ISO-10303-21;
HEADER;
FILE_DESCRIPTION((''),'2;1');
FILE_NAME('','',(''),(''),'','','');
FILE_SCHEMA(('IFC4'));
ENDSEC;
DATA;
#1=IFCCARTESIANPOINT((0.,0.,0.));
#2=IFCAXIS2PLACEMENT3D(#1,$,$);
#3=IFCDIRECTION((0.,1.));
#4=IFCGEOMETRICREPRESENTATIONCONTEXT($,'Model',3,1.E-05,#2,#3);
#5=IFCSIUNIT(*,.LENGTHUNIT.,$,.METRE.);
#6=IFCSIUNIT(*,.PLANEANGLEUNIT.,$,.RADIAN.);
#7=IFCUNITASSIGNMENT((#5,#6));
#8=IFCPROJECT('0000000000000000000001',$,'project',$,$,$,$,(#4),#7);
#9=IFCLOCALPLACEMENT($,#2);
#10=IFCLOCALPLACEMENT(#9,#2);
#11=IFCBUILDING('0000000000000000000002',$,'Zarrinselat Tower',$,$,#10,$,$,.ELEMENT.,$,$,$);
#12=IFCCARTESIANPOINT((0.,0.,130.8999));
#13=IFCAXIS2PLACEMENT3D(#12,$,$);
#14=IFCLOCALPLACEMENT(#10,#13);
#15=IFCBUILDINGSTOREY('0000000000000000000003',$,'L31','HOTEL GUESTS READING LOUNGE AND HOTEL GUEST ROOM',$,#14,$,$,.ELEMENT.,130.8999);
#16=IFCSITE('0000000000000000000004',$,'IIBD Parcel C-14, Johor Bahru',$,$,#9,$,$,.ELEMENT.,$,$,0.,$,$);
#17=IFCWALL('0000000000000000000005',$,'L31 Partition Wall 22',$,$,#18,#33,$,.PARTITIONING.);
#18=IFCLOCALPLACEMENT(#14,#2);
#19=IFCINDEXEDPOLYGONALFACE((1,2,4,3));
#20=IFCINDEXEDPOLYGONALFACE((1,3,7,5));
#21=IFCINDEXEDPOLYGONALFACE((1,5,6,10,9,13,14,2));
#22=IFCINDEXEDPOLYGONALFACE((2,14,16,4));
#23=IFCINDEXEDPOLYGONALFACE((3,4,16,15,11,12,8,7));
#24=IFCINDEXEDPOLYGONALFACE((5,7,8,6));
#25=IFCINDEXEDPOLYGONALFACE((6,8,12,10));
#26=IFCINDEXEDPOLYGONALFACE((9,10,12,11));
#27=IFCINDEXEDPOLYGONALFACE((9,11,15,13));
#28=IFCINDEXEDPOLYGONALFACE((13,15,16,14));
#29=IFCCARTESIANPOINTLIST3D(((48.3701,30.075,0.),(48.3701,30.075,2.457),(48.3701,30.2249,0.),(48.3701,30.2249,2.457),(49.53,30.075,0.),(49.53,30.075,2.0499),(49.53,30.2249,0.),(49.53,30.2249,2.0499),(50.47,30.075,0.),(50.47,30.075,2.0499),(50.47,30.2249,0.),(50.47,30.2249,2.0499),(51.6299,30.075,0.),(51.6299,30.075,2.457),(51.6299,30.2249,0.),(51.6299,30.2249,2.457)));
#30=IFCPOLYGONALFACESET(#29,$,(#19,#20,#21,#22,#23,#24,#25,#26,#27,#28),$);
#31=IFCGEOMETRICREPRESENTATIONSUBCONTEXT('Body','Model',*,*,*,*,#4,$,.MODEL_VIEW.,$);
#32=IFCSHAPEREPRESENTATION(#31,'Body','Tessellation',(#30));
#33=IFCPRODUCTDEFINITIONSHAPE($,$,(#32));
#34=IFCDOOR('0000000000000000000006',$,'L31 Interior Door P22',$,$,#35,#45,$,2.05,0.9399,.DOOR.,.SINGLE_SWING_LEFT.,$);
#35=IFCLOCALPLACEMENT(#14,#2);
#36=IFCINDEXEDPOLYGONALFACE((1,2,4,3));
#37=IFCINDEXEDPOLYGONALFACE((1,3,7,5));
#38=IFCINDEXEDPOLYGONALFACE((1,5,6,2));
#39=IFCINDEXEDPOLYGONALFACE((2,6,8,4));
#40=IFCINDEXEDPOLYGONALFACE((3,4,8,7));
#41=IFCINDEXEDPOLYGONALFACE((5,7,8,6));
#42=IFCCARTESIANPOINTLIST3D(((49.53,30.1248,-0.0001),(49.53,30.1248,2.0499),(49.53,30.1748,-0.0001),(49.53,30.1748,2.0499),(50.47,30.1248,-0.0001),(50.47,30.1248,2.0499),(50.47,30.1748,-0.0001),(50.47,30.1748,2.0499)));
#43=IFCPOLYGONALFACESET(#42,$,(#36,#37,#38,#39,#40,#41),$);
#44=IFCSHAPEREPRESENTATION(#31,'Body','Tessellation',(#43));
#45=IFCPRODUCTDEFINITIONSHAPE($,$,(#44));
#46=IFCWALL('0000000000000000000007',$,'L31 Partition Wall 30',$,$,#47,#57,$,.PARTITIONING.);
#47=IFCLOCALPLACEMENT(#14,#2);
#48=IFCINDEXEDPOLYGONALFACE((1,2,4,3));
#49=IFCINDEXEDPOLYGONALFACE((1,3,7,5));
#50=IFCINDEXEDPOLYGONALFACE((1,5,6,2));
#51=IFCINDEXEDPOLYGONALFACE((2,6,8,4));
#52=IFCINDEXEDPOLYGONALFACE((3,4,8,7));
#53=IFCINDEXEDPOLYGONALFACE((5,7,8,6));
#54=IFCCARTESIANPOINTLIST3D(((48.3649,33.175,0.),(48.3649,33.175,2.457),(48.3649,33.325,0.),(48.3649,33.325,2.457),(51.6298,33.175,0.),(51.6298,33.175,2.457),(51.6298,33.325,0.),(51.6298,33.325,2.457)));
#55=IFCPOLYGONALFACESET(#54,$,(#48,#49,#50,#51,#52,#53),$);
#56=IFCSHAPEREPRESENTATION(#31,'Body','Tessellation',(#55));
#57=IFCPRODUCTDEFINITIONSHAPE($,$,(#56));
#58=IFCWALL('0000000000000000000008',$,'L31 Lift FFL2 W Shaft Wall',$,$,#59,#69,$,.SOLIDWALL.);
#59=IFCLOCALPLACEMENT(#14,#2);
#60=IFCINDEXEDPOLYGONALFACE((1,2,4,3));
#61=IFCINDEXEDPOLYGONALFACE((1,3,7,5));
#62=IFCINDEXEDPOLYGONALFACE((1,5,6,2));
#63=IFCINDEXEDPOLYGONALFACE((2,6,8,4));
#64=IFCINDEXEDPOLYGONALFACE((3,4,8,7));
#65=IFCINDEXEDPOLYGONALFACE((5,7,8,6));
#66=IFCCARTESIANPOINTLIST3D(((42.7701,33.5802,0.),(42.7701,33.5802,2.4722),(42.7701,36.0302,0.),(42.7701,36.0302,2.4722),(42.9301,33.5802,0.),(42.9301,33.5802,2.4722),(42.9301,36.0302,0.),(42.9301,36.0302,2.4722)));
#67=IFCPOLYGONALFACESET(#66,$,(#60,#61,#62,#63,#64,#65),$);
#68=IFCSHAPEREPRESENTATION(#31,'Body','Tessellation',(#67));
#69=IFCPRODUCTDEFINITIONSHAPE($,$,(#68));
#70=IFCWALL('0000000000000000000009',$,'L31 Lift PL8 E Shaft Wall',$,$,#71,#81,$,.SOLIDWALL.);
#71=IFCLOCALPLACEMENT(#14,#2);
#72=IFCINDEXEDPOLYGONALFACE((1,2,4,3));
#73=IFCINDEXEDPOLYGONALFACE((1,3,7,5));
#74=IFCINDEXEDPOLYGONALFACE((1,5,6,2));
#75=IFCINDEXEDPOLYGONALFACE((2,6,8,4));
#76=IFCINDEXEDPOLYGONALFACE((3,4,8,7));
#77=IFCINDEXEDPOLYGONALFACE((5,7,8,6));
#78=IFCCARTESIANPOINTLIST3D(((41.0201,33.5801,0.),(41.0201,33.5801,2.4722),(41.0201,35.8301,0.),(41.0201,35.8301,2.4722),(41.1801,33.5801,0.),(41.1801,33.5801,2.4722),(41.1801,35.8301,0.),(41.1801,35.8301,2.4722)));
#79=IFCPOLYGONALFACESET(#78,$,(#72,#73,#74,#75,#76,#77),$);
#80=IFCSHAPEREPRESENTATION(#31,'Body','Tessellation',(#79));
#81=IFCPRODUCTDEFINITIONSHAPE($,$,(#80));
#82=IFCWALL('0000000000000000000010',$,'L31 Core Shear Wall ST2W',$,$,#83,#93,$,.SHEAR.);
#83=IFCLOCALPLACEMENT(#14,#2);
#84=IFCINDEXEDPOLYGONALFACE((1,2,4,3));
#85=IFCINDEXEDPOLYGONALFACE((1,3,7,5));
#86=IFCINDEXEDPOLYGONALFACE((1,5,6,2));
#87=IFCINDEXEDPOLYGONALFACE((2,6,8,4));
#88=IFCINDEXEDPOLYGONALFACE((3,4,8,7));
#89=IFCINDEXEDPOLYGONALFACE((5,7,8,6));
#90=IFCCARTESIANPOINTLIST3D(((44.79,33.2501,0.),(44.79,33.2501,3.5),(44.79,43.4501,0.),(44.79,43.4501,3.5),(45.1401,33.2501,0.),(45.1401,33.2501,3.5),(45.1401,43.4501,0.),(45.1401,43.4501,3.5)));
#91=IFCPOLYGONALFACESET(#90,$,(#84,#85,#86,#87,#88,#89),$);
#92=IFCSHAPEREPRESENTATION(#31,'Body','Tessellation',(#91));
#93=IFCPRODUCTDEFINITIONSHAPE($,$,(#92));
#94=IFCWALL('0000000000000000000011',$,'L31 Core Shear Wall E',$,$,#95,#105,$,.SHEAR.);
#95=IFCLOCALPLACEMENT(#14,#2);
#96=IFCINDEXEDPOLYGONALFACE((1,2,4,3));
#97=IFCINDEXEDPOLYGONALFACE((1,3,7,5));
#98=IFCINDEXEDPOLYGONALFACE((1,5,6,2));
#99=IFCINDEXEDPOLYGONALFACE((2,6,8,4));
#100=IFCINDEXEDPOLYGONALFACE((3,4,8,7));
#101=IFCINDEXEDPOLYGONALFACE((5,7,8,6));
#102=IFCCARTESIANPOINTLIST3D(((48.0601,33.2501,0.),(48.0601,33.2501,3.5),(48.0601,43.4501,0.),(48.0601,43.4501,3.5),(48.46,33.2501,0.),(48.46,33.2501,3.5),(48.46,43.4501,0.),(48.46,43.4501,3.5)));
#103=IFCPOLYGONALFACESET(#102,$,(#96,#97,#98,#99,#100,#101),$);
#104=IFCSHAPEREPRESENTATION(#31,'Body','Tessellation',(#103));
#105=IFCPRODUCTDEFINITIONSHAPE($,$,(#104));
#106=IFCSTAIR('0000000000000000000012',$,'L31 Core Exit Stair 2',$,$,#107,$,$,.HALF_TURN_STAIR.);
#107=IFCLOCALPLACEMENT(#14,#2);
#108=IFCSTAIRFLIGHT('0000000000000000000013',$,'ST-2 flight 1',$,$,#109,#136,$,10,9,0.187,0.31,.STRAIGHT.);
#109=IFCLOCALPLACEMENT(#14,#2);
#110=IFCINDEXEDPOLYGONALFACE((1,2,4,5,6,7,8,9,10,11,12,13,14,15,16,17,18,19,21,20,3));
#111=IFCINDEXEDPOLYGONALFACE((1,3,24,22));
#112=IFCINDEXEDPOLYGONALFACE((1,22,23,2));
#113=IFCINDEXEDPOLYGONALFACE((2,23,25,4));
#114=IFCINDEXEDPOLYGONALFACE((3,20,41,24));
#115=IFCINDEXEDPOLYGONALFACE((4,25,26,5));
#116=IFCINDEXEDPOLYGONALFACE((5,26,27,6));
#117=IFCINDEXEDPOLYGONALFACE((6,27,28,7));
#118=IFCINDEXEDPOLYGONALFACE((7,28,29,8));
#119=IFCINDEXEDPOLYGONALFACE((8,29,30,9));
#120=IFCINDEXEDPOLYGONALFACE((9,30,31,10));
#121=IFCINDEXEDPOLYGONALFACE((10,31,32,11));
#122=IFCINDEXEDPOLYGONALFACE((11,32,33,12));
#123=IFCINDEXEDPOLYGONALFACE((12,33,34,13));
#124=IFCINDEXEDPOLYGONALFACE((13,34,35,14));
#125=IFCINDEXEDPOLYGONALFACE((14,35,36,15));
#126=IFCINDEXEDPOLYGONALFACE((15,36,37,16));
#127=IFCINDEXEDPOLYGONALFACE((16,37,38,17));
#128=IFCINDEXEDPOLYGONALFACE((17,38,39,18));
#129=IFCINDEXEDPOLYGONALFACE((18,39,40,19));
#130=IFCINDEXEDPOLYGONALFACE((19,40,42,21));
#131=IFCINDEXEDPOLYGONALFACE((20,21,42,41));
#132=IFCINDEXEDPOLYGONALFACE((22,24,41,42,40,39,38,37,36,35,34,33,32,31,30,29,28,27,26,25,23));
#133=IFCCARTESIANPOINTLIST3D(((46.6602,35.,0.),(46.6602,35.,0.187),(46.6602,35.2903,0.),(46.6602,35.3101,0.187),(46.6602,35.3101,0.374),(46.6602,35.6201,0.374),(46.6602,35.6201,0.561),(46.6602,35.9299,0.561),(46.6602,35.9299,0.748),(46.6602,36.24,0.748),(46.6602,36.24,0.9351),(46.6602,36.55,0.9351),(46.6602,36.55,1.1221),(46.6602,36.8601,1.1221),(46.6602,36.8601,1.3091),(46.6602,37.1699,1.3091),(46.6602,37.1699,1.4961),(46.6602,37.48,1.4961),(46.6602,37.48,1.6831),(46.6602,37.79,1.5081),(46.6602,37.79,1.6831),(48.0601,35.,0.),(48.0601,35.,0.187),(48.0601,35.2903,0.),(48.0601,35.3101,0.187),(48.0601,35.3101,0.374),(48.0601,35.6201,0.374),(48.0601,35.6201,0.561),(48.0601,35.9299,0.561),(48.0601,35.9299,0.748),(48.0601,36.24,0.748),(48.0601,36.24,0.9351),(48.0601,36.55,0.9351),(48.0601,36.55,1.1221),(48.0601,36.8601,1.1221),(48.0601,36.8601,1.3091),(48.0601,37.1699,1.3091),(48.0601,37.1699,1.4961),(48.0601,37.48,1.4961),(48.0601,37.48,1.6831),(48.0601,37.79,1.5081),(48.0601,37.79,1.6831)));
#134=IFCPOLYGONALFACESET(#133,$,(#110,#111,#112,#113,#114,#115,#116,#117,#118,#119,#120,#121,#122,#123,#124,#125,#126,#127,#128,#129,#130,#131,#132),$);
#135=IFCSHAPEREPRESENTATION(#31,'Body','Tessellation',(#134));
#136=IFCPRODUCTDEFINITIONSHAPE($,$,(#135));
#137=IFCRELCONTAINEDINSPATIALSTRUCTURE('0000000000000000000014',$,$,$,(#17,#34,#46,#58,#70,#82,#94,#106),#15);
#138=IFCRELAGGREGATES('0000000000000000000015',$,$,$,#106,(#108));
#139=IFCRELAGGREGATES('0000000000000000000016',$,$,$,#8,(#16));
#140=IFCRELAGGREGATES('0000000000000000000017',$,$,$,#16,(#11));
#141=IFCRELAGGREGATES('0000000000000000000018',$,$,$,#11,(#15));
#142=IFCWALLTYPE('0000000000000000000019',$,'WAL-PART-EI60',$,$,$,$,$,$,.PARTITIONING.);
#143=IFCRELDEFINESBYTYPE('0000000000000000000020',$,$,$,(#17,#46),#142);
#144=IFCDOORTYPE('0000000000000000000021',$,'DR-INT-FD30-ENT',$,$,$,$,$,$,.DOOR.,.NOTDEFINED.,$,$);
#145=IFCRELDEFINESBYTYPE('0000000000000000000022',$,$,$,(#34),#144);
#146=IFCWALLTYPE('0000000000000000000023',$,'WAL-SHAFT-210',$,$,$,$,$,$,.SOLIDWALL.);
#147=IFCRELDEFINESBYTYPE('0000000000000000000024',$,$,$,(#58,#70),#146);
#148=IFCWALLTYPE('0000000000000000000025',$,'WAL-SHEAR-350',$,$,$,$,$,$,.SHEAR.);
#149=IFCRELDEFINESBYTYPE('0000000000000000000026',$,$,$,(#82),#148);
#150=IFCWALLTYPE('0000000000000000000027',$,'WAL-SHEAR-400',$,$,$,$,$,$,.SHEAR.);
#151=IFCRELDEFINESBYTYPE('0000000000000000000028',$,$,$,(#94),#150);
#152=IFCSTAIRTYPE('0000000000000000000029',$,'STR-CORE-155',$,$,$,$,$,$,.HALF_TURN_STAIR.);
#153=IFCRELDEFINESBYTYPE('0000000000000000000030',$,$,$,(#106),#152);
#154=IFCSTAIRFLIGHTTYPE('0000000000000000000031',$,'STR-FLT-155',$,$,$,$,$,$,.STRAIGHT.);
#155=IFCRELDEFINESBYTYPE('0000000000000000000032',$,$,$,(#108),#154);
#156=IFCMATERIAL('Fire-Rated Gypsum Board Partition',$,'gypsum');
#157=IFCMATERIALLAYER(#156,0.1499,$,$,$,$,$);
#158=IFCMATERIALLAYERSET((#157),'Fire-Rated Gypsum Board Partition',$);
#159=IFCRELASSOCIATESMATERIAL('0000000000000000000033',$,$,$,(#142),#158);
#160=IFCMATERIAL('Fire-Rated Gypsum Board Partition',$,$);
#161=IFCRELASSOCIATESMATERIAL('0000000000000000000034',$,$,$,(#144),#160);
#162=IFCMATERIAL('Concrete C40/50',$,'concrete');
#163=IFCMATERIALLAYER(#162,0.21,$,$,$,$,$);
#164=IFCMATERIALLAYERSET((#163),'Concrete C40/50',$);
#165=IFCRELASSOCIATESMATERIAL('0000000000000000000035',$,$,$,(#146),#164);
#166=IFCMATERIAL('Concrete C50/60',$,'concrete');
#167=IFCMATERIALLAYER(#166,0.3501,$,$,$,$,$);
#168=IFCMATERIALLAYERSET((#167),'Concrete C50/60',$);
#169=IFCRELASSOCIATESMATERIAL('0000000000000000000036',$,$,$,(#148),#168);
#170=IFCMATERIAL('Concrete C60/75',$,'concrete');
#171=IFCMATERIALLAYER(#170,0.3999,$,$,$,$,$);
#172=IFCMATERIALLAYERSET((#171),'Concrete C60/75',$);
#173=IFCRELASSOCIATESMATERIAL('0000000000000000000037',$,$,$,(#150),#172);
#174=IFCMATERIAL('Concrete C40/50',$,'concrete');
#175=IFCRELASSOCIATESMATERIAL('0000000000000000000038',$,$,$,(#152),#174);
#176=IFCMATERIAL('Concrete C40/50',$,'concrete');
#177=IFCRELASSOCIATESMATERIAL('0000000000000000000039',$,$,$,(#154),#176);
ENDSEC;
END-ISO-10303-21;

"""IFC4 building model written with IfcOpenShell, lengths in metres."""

from ifc_helpers import new_model, si_unit, direction, frame, frame_2d, origin, place, context, subcontext, project, spatial, polyline, rectangle, outline, extrude, material, layer, layer_set, type_object, element, fill, aggregate, save


model = new_model("IFC4")

# Units and contexts
model_context = context("Model", 3, precision=1e-05, world=origin(), true_north=direction((0.0, 1.0)))
body_context = subcontext(model_context, "Body", "Model", "MODEL_VIEW")
ifc_project = project(units=[si_unit("LENGTHUNIT", "METRE"), si_unit("PLANEANGLEUNIT", "RADIAN")], contexts=[model_context])

# Site, building, storey
site_placement = place(None, origin())
site = spatial("IfcSite", under=ifc_project, at=site_placement, Name="IIBD Parcel C-14, Johor Bahru", CompositionType="ELEMENT", RefElevation=0.0)
building_placement = place(site_placement, origin())
building = spatial("IfcBuilding", under=site, at=building_placement, Name="Zarrinselat Tower", CompositionType="ELEMENT")
storey_placement = place(building_placement, frame((0.0, 0.0, 130.8999)))
storey = spatial("IfcBuildingStorey", under=building, at=storey_placement, Name="L31", Description="HOTEL GUESTS READING LOUNGE AND HOTEL GUEST ROOM", CompositionType="ELEMENT", Elevation=130.8999)

# Wall, opening, door
ifc_material_1 = material(Name="Fire-Rated Gypsum Board Partition", Category="gypsum")
ifc_layer_1 = layer(ifc_material_1, 0.1499)
ifc_layer_set_1 = layer_set([ifc_layer_1], Name="Fire-Rated Gypsum Board Partition")
wall_type_1 = type_object("IfcWallType", Name="WAL-PART-EI60", PredefinedType="PARTITIONING", material=ifc_layer_set_1)
ifc_material_2 = material(Name="Fire-Rated Gypsum Board Partition")
door_type_1 = type_object("IfcDoorType", Name="DR-INT-FD30-ENT", OperationType="NOTDEFINED", PredefinedType="DOOR", material=ifc_material_2)
wall_1_placement = place(storey_placement, frame((48.3701, 30.1499, 0.0), z_axis=(0.0, 0.0, 1.0), x_axis=(1.0, 0.0, 0.0)))
wall_1 = element("IfcWall", 1, at=wall_1_placement, inside=storey, type_object=wall_type_1, Name="L31 Partition Wall 22", PredefinedType="PARTITIONING", context=body_context, shape_type="SweptSolid", body=[
    extrude(rectangle(XDim=3.2598, YDim=0.1499, at=frame_2d((1.6299, 0.0))), origin(), (0.0, 0.0, 1.0), 2.457),
])
opening_1_placement = place(wall_1_placement, frame((1.1599, 0.0, 0.0)))
opening_1 = element("IfcOpeningElement", 2, at=opening_1_placement, cuts=wall_1, PredefinedType="OPENING", context=body_context, shape_type="SweptSolid", body=[
    extrude(rectangle(XDim=0.9399, YDim=2.05, at=frame_2d((0.47, 1.0249))), frame((0.0, 0.085, 0.0), z_axis=(0.0, -1.0, 0.0), x_axis=(1.0, 0.0, 0.0)), (0.0, 0.0, 1.0), 0.1699),
])
door_1_placement = place(opening_1_placement, origin())
door_1 = element("IfcDoor", 3, at=door_1_placement, inside=storey, type_object=door_type_1, Name="L31 Interior Door P22", OperationType="SINGLE_SWING_LEFT", OverallHeight=2.05, OverallWidth=0.9399, PredefinedType="DOOR", context=body_context, shape_type="SweptSolid", body=[
    extrude(rectangle(XDim=0.9399, YDim=2.05, at=frame_2d((0.47, 1.0249))), frame((0.0, 0.0249, 0.0), z_axis=(0.0, -1.0, 0.0), x_axis=(1.0, 0.0, 0.0)), (0.0, 0.0, 1.0), 0.05),
])
fill(opening_1, door_1)

# Walls
wall_2_placement = place(storey_placement, frame((48.365, 33.25, 0.0), z_axis=(0.0, 0.0, 1.0), x_axis=(1.0, 0.0, 0.0)))
element("IfcWall", 4, at=wall_2_placement, inside=storey, type_object=wall_type_1, Name="L31 Partition Wall 30", PredefinedType="PARTITIONING", context=body_context, shape_type="SweptSolid", body=[
    extrude(rectangle(XDim=3.2649, YDim=0.1499, at=frame_2d((1.6323, 0.0))), origin(), (0.0, 0.0, 1.0), 2.457),
])
ifc_material_3 = material(Name="Concrete C40/50", Category="concrete")
ifc_layer_2 = layer(ifc_material_3, 0.21)
ifc_layer_set_2 = layer_set([ifc_layer_2], Name="Concrete C40/50")
wall_type_2 = type_object("IfcWallType", Name="WAL-SHAFT-210", PredefinedType="SOLIDWALL", material=ifc_layer_set_2)
wall_3_placement = place(storey_placement, frame((42.8501, 33.5801, 0.0), z_axis=(0.0, 0.0, 1.0), x_axis=(0.0, 1.0, 0.0)))
element("IfcWall", 5, at=wall_3_placement, inside=storey, type_object=wall_type_2, Name="L31 Lift FFL2 W Shaft Wall", PredefinedType="SOLIDWALL", context=body_context, shape_type="SweptSolid", body=[
    extrude(rectangle(XDim=2.45, YDim=0.1599, at=frame_2d((1.2251, 0.0))), origin(), (0.0, 0.0, 1.0), 2.4722),
])
wall_4_placement = place(storey_placement, frame((41.1001, 33.5801, 0.0), z_axis=(0.0, 0.0, 1.0), x_axis=(0.0, 1.0, 0.0)))
element("IfcWall", 6, at=wall_4_placement, inside=storey, type_object=wall_type_2, Name="L31 Lift PL8 E Shaft Wall", PredefinedType="SOLIDWALL", context=body_context, shape_type="SweptSolid", body=[
    extrude(rectangle(XDim=2.25, YDim=0.1599, at=frame_2d((1.125, 0.0))), origin(), (0.0, 0.0, 1.0), 2.4722),
])
ifc_material_4 = material(Name="Concrete C50/60", Category="concrete")
ifc_layer_3 = layer(ifc_material_4, 0.3501)
ifc_layer_set_3 = layer_set([ifc_layer_3], Name="Concrete C50/60")
wall_type_3 = type_object("IfcWallType", Name="WAL-SHEAR-350", PredefinedType="SHEAR", material=ifc_layer_set_3)
wall_5_placement = place(storey_placement, frame((44.9651, 33.25, 0.0), z_axis=(0.0, 0.0, 1.0), x_axis=(0.0, 1.0, 0.0)))
element("IfcWall", 7, at=wall_5_placement, inside=storey, type_object=wall_type_3, Name="L31 Core Shear Wall ST2W", PredefinedType="SHEAR", context=body_context, shape_type="SweptSolid", body=[
    extrude(rectangle(XDim=10.2, YDim=0.3501, at=frame_2d((5.1001, 0.0))), origin(), (0.0, 0.0, 1.0), 3.5),
])
ifc_material_5 = material(Name="Concrete C60/75", Category="concrete")
ifc_layer_4 = layer(ifc_material_5, 0.3999)
ifc_layer_set_4 = layer_set([ifc_layer_4], Name="Concrete C60/75")
wall_type_4 = type_object("IfcWallType", Name="WAL-SHEAR-400", PredefinedType="SHEAR", material=ifc_layer_set_4)
wall_6_placement = place(storey_placement, frame((48.26, 33.25, 0.0), z_axis=(0.0, 0.0, 1.0), x_axis=(0.0, 1.0, 0.0)))
element("IfcWall", 8, at=wall_6_placement, inside=storey, type_object=wall_type_4, Name="L31 Core Shear Wall E", PredefinedType="SHEAR", context=body_context, shape_type="SweptSolid", body=[
    extrude(rectangle(XDim=10.2, YDim=0.3999, at=frame_2d((5.1001, 0.0))), origin(), (0.0, 0.0, 1.0), 3.5),
])

# Stair, stair flight
ifc_material_6 = material(Name="Concrete C40/50", Category="concrete")
stair_type = type_object("IfcStairType", Name="STR-CORE-155", PredefinedType="HALF_TURN_STAIR", material=ifc_material_6)
stair_placement = place(storey_placement, origin())
stair = element("IfcStair", 9, at=stair_placement, inside=storey, type_object=stair_type, Name="L31 Core Exit Stair 2", PredefinedType="HALF_TURN_STAIR")
ifc_material_7 = material(Name="Concrete C40/50", Category="concrete")
stair_flight_type = type_object("IfcStairFlightType", Name="STR-FLT-155", PredefinedType="STRAIGHT", material=ifc_material_7)
stair_flight_placement = place(storey_placement, frame((47.3601, 35.0, 0.0), z_axis=(0.0, 0.0, 1.0), x_axis=(0.0, 1.0, 0.0)))
stair_flight = element("IfcStairFlight", 10, at=stair_flight_placement, type_object=stair_flight_type, Name="ST-2 flight 1", NumberOfRisers=10, NumberOfTreads=9, PredefinedType="STRAIGHT", RiserHeight=0.187, TreadLength=0.31, context=body_context, shape_type="SweptSolid", body=[
    extrude(outline(polyline([(0.0, 0.0), (0.0, 0.187), (0.3101, 0.187), (0.3101, 0.374), (0.6201, 0.374), (0.6201, 0.561), (0.9299, 0.561), (0.9299, 0.748), (1.24, 0.748), (1.24, 0.9351), (1.55, 0.9351), (1.55, 1.1221), (1.8601, 1.1221), (1.8601, 1.3091), (2.1699, 1.3091), (2.1699, 1.4961), (2.48, 1.4961), (2.48, 1.6831), (2.79, 1.6831), (2.79, 1.8701), (2.79, 1.5081), (0.2903, 0.0), (0.0, 0.0)])), frame((0.0, 0.7, 0.0), z_axis=(0.0, -1.0, 0.0), x_axis=(1.0, 0.0, 0.0)), (0.0, 0.0, 1.0), 1.3999),
])
aggregate(stair, [stair_flight])

save(model, "model.ifc")
